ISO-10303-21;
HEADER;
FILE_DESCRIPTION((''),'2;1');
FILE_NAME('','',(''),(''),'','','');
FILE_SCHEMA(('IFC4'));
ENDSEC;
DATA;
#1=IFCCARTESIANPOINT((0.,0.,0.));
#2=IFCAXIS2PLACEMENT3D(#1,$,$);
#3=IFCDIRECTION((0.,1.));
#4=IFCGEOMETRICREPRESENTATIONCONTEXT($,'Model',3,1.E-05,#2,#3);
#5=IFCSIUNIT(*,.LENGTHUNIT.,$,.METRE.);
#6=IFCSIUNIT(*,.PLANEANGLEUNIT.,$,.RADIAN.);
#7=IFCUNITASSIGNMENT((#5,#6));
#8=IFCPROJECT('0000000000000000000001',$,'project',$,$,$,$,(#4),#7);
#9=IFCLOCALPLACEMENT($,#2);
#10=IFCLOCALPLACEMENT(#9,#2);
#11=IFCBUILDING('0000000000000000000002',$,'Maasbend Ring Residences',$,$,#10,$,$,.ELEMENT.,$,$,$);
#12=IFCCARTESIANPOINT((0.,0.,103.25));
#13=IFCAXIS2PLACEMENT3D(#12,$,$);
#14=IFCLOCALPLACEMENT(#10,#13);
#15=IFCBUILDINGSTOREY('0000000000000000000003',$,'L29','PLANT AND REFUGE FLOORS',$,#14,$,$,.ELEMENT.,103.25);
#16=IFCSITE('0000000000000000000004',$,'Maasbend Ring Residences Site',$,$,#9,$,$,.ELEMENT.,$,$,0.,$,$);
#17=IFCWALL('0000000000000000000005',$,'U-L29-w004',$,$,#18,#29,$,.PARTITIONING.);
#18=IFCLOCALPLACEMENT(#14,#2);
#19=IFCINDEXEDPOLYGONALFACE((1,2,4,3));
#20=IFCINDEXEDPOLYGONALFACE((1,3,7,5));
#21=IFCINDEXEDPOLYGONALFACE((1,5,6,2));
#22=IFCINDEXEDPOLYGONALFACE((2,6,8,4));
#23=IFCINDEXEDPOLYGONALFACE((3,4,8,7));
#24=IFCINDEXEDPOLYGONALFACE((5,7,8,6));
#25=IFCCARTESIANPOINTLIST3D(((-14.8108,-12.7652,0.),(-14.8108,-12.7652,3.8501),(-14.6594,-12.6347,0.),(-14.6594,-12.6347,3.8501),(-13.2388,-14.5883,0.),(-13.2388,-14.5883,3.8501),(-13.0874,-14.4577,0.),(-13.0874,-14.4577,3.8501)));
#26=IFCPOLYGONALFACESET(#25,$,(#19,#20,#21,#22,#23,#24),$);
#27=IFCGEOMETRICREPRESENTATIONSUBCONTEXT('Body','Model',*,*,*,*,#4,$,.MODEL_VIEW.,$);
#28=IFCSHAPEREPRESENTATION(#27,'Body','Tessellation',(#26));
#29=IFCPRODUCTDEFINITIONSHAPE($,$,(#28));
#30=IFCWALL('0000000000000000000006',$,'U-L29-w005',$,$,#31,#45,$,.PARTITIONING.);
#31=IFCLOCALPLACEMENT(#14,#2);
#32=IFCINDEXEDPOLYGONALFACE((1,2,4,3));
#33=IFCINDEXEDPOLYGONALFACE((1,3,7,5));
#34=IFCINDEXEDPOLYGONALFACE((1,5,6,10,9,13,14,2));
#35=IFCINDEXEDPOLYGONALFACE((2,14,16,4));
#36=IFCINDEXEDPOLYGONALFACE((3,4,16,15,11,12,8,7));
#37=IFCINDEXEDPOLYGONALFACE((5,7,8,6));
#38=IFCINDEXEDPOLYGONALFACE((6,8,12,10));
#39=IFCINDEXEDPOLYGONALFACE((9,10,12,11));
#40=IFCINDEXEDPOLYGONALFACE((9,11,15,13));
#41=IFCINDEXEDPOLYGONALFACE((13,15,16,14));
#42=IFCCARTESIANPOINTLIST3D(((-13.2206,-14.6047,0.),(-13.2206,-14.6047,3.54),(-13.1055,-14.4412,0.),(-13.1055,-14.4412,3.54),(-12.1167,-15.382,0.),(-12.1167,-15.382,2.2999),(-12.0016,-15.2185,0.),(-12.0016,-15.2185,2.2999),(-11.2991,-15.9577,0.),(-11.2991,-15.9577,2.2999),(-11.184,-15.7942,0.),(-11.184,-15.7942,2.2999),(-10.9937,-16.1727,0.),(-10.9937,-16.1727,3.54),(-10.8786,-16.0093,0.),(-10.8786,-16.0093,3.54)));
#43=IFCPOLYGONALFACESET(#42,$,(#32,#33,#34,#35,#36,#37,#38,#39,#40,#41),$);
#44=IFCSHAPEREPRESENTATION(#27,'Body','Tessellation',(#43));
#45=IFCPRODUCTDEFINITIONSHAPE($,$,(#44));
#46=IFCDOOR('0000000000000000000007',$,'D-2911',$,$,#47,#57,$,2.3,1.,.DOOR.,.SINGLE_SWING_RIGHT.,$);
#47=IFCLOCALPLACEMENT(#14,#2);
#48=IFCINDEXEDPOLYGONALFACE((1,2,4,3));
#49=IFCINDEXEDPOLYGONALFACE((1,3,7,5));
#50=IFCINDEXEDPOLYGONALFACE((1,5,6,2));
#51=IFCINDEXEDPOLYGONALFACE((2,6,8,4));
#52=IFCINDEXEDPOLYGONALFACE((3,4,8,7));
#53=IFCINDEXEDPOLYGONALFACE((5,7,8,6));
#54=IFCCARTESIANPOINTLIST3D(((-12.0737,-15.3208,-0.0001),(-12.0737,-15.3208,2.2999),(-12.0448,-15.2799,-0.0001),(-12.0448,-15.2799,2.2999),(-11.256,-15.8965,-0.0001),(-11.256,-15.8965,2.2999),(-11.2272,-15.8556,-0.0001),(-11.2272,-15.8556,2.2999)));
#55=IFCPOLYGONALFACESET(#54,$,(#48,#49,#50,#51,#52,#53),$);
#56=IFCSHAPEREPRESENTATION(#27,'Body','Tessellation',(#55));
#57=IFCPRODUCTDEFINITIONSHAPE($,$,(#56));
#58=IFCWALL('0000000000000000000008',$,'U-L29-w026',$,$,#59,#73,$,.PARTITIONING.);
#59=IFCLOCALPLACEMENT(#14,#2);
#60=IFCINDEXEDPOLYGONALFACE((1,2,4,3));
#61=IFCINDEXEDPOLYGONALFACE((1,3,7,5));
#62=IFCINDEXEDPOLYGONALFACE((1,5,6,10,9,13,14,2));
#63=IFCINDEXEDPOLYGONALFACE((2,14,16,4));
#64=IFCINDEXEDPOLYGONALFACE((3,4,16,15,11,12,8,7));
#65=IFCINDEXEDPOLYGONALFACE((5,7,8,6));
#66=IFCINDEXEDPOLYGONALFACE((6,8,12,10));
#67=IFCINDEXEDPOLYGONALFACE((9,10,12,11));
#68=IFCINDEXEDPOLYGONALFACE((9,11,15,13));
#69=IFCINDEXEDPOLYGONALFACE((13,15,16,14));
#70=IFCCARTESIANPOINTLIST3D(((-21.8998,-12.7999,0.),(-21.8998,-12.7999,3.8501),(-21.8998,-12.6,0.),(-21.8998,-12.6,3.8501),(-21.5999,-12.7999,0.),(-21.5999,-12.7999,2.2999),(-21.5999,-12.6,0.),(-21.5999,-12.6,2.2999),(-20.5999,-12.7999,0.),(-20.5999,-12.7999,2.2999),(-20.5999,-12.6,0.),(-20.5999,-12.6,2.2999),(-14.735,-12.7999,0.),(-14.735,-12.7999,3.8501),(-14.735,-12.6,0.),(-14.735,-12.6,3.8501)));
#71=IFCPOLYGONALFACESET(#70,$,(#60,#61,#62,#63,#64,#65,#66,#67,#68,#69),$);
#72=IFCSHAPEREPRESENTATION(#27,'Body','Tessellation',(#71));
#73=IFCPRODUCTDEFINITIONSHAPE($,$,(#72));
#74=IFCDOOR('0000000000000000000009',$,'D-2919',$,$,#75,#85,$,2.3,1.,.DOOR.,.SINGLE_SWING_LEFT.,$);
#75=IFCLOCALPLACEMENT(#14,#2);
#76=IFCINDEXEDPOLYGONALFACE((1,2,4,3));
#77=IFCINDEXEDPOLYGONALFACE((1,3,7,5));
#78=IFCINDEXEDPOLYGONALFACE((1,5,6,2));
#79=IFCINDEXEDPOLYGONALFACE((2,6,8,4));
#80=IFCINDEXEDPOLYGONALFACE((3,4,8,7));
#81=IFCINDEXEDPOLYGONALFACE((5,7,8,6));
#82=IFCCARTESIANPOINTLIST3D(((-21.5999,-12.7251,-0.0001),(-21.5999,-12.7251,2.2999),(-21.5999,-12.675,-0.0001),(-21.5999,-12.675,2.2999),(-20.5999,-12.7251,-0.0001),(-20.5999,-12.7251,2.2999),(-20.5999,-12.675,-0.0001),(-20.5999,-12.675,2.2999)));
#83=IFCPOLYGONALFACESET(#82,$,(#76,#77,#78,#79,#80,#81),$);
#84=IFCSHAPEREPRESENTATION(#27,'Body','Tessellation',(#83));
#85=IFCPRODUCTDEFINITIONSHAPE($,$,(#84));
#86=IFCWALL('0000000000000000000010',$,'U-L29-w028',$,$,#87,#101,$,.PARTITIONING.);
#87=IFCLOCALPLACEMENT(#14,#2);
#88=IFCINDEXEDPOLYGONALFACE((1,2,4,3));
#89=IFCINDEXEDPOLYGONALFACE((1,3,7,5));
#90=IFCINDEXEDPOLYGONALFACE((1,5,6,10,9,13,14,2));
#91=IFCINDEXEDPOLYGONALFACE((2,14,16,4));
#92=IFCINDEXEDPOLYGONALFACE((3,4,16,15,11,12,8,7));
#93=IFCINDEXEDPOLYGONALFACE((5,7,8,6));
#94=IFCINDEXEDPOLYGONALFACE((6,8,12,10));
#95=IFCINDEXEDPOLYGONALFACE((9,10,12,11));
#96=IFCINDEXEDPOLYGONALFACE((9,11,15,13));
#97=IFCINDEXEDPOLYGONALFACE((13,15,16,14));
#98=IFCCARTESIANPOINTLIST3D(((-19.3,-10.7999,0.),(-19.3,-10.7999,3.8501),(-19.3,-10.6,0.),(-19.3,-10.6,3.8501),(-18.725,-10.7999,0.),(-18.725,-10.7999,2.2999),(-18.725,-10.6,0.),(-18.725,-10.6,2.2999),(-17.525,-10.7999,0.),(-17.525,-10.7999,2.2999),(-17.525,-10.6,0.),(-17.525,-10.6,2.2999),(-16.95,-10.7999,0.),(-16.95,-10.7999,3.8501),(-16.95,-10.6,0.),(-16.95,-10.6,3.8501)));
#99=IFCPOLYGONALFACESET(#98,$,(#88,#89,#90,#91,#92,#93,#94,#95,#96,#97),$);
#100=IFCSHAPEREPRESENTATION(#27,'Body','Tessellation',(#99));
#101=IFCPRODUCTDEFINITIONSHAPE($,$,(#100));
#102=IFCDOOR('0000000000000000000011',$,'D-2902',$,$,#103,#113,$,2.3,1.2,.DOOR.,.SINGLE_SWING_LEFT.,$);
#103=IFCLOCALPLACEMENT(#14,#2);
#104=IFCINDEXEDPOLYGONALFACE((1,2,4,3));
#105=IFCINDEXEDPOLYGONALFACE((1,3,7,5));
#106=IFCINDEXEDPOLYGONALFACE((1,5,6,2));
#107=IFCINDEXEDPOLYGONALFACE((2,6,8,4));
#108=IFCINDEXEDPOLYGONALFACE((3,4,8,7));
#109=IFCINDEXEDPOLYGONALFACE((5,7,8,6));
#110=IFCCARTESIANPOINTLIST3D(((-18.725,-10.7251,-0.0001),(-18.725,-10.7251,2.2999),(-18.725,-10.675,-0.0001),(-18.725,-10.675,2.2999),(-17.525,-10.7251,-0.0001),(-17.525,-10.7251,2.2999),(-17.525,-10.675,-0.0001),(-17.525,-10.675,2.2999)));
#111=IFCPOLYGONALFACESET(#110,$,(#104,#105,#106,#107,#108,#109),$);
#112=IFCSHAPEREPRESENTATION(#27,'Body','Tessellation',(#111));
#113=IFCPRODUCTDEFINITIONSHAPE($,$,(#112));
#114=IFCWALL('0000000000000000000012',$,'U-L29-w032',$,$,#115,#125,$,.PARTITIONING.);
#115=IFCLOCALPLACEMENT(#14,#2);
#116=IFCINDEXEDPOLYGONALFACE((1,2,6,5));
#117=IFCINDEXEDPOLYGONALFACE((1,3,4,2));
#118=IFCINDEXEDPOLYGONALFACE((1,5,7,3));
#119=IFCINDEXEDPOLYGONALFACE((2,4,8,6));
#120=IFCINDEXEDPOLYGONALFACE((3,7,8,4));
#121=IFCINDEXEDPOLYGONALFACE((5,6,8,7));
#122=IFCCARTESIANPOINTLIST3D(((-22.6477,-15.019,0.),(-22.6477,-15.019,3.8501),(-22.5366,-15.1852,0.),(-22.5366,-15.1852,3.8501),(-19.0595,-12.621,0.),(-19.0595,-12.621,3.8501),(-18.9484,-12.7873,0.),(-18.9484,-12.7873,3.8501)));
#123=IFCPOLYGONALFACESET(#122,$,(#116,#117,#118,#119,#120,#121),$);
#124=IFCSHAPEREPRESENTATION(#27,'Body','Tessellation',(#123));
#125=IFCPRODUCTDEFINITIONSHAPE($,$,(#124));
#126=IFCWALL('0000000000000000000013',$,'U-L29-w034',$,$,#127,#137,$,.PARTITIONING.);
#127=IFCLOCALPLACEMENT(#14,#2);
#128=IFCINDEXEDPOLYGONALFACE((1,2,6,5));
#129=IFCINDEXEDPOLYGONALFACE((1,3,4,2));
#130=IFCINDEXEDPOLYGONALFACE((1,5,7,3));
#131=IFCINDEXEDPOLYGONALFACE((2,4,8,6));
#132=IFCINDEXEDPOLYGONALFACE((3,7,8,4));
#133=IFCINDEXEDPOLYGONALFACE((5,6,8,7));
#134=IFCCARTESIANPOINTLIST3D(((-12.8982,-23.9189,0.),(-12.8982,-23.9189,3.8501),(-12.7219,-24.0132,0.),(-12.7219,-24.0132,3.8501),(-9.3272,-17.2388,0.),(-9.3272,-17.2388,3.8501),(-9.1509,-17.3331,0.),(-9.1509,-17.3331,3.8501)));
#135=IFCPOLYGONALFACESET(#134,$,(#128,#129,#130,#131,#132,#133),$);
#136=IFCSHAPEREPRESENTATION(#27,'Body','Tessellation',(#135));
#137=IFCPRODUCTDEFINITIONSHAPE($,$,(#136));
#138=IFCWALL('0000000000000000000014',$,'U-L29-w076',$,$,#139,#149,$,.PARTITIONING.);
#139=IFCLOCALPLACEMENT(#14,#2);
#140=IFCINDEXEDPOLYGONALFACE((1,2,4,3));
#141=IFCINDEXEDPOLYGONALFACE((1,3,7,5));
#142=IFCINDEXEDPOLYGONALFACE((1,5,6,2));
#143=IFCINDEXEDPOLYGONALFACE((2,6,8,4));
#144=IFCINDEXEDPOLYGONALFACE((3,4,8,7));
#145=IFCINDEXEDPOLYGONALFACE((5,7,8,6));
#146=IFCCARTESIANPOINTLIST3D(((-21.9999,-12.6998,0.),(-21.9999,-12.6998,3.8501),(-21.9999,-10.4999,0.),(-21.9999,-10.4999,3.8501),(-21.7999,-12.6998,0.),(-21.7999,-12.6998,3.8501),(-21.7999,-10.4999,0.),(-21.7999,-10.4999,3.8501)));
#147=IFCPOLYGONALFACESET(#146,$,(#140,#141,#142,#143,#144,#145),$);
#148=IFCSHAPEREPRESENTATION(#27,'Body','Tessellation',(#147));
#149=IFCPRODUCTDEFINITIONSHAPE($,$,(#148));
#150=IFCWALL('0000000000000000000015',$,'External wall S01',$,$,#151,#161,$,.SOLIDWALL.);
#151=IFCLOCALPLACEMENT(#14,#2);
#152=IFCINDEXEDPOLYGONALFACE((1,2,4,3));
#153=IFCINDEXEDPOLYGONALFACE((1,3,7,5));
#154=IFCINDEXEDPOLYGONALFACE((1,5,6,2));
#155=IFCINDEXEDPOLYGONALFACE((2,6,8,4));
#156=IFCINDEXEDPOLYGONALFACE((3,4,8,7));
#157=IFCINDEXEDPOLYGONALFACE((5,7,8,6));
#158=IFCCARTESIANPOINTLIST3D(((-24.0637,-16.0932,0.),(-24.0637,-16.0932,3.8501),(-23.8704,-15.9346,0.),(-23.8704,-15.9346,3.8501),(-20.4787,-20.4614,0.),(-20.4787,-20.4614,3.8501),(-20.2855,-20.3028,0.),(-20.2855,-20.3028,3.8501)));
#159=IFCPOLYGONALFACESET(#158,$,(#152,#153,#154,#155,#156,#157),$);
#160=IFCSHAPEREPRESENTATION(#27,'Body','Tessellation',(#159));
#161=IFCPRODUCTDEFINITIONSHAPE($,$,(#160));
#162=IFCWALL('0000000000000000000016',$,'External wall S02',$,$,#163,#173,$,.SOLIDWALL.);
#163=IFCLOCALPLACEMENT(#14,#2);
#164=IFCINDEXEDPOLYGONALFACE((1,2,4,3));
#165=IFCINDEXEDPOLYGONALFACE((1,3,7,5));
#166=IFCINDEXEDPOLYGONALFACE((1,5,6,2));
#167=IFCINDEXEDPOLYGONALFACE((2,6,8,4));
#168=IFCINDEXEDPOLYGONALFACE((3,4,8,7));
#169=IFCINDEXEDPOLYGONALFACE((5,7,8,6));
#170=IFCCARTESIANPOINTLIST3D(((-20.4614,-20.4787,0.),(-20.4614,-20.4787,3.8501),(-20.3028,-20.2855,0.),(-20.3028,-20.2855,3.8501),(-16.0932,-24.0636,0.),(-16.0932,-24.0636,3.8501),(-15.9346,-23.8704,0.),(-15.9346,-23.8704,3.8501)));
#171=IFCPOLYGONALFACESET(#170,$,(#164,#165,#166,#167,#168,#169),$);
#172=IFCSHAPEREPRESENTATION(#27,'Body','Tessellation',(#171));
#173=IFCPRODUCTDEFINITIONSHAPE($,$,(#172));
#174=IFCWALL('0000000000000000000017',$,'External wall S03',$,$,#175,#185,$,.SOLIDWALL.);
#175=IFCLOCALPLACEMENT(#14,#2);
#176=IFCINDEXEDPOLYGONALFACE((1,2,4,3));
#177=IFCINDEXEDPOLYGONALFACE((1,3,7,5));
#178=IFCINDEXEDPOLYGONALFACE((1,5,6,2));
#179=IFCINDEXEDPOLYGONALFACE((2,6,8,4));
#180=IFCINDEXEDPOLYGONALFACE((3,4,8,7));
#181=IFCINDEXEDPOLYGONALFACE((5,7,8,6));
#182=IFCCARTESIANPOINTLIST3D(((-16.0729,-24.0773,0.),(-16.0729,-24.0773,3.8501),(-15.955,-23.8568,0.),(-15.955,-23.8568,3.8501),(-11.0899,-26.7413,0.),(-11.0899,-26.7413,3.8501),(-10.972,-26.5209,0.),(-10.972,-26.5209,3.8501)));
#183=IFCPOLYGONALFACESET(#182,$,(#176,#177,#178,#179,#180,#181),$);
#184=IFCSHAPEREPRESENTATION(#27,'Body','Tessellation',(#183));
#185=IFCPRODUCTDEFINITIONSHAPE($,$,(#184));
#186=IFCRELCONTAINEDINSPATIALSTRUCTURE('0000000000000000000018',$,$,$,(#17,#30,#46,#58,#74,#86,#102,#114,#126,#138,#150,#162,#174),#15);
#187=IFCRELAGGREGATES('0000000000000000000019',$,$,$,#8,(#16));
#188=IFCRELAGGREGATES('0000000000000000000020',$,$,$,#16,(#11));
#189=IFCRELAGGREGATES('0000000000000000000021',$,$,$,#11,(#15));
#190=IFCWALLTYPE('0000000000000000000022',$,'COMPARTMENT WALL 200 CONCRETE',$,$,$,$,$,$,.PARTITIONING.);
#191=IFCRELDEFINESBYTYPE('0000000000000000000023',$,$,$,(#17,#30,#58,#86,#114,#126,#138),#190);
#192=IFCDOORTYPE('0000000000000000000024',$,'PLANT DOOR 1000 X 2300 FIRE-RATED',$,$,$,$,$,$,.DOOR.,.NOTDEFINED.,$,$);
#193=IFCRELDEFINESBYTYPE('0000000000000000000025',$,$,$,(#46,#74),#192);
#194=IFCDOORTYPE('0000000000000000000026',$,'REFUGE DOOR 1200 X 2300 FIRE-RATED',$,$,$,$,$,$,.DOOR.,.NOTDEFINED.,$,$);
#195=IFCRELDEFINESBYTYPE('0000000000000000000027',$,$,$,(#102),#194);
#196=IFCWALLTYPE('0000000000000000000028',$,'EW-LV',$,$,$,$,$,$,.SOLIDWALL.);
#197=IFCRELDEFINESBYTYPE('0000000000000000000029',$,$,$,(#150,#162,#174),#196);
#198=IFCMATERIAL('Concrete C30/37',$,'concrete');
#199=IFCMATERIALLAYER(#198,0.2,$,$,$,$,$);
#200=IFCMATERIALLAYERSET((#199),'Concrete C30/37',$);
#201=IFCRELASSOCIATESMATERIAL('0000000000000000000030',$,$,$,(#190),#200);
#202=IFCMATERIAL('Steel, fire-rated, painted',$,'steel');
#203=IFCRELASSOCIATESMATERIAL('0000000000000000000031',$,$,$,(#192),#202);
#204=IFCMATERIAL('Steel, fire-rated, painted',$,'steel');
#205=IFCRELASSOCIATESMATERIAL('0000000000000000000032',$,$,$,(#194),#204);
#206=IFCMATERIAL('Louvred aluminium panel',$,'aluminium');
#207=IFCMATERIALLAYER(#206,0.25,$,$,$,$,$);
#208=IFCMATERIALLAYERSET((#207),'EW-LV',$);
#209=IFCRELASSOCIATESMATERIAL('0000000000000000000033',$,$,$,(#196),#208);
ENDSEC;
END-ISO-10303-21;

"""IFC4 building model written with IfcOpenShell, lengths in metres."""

from ifc_helpers import new_model, si_unit, direction, frame, frame_2d, origin, place, context, subcontext, project, spatial, rectangle, extrude, material, layer, layer_set, type_object, element, fill, save


model = new_model("IFC4")

# Units and contexts
model_context = context("Model", 3, precision=1e-05, world=origin(), true_north=direction((0.0, 1.0)))
body_context = subcontext(model_context, "Body", "Model", "MODEL_VIEW")
ifc_project = project(units=[si_unit("LENGTHUNIT", "METRE"), si_unit("PLANEANGLEUNIT", "RADIAN")], contexts=[model_context])

# Site, building, storey
site_placement = place(None, origin())
site = spatial("IfcSite", under=ifc_project, at=site_placement, Name="Maasbend Ring Residences Site", CompositionType="ELEMENT", RefElevation=0.0)
building_placement = place(site_placement, origin())
building = spatial("IfcBuilding", under=site, at=building_placement, Name="Maasbend Ring Residences", CompositionType="ELEMENT")
storey_placement = place(building_placement, frame((0.0, 0.0, 103.25)))
storey = spatial("IfcBuildingStorey", under=building, at=storey_placement, Name="L29", Description="PLANT AND REFUGE FLOORS", CompositionType="ELEMENT", Elevation=103.25)

# Wall
ifc_material_1 = material(Name="Concrete C30/37", Category="concrete")
ifc_layer_1 = layer(ifc_material_1, 0.2)
ifc_layer_set_1 = layer_set([ifc_layer_1], Name="Concrete C30/37")
wall_type_1 = type_object("IfcWallType", Name="COMPARTMENT WALL 200 CONCRETE", PredefinedType="PARTITIONING", material=ifc_layer_set_1)
wall_1_placement = place(storey_placement, frame((-14.7351, -12.7, 0.0), z_axis=(0.0, 0.0, 1.0), x_axis=(0.653052, -0.757313, 0.0)))
element("IfcWall", 1, at=wall_1_placement, inside=storey, type_object=wall_type_1, Name="U-L29-w004", PredefinedType="PARTITIONING", context=body_context, shape_type="SweptSolid", body=[
    extrude(rectangle(XDim=2.4072, YDim=0.2, at=frame_2d((1.2036, 0.0))), origin(), (0.0, 0.0, 1.0), 3.8501),
])

# Walls, openings, doors
wall_2_placement = place(storey_placement, frame((-13.1631, -14.5229, 0.0), z_axis=(0.0, 0.0, 1.0), x_axis=(0.817645, -0.575722, 0.0)))
wall_2 = element("IfcWall", 2, at=wall_2_placement, inside=storey, type_object=wall_type_1, Name="U-L29-w005", PredefinedType="PARTITIONING", context=body_context, shape_type="SweptSolid", body=[
    extrude(rectangle(XDim=2.7236, YDim=0.2, at=frame_2d((1.3618, 0.0))), origin(), (0.0, 0.0, 1.0), 3.54),
])
opening_1_placement = place(wall_2_placement, frame((1.3501, 0.0, 0.0)))
opening_1 = element("IfcOpeningElement", 3, at=opening_1_placement, cuts=wall_2, PredefinedType="OPENING", context=body_context, shape_type="SweptSolid", body=[
    extrude(rectangle(XDim=1.0, YDim=2.3, at=frame_2d((0.5, 1.1499))), frame((0.0, 0.1099, 0.0), z_axis=(0.0, -1.0, 0.0), x_axis=(1.0, 0.0, 0.0)), (0.0, 0.0, 1.0), 0.22),
])
ifc_material_2 = material(Name="Steel, fire-rated, painted", Category="steel")
door_type_1 = type_object("IfcDoorType", Name="PLANT DOOR 1000 X 2300 FIRE-RATED", OperationType="NOTDEFINED", PredefinedType="DOOR", material=ifc_material_2)
door_1_placement = place(opening_1_placement, origin())
door_1 = element("IfcDoor", 4, at=door_1_placement, inside=storey, type_object=door_type_1, Name="D-2911", OperationType="SINGLE_SWING_RIGHT", OverallHeight=2.3, OverallWidth=1.0, PredefinedType="DOOR", context=body_context, shape_type="SweptSolid", body=[
    extrude(rectangle(XDim=1.0, YDim=2.3, at=frame_2d((0.5, 1.1499))), frame((0.0, 0.0249, 0.0), z_axis=(0.0, -1.0, 0.0), x_axis=(1.0, 0.0, 0.0)), (0.0, 0.0, 1.0), 0.05),
])
fill(opening_1, door_1)
wall_3_placement = place(storey_placement, frame((-21.8999, -12.7, 0.0), z_axis=(0.0, 0.0, 1.0), x_axis=(1.0, 0.0, 0.0)))
wall_3 = element("IfcWall", 5, at=wall_3_placement, inside=storey, type_object=wall_type_1, Name="U-L29-w026", PredefinedType="PARTITIONING", context=body_context, shape_type="SweptSolid", body=[
    extrude(rectangle(XDim=7.1648, YDim=0.2, at=frame_2d((3.5825, 0.0))), origin(), (0.0, 0.0, 1.0), 3.8501),
])
opening_2_placement = place(wall_3_placement, frame((0.3, 0.0, 0.0)))
opening_2 = element("IfcOpeningElement", 6, at=opening_2_placement, cuts=wall_3, PredefinedType="OPENING", context=body_context, shape_type="SweptSolid", body=[
    extrude(rectangle(XDim=1.0, YDim=2.3, at=frame_2d((0.5, 1.1499))), frame((0.0, 0.1099, 0.0), z_axis=(0.0, -1.0, 0.0), x_axis=(1.0, 0.0, 0.0)), (0.0, 0.0, 1.0), 0.22),
])
door_2_placement = place(opening_2_placement, origin())
door_2 = element("IfcDoor", 7, at=door_2_placement, inside=storey, type_object=door_type_1, Name="D-2919", OperationType="SINGLE_SWING_LEFT", OverallHeight=2.3, OverallWidth=1.0, PredefinedType="DOOR", context=body_context, shape_type="SweptSolid", body=[
    extrude(rectangle(XDim=1.0, YDim=2.3, at=frame_2d((0.5, 1.1499))), frame((0.0, 0.0249, 0.0), z_axis=(0.0, -1.0, 0.0), x_axis=(1.0, 0.0, 0.0)), (0.0, 0.0, 1.0), 0.05),
])
fill(opening_2, door_2)
wall_4_placement = place(storey_placement, frame((-19.3, -10.7, 0.0), z_axis=(0.0, 0.0, 1.0), x_axis=(1.0, 0.0, 0.0)))
wall_4 = element("IfcWall", 8, at=wall_4_placement, inside=storey, type_object=wall_type_1, Name="U-L29-w028", PredefinedType="PARTITIONING", context=body_context, shape_type="SweptSolid", body=[
    extrude(rectangle(XDim=2.3501, YDim=0.2, at=frame_2d((1.175, 0.0))), origin(), (0.0, 0.0, 1.0), 3.8501),
])
opening_3_placement = place(wall_4_placement, frame((0.575, 0.0, 0.0)))
opening_3 = element("IfcOpeningElement", 9, at=opening_3_placement, cuts=wall_4, PredefinedType="OPENING", context=body_context, shape_type="SweptSolid", body=[
    extrude(rectangle(XDim=1.2, YDim=2.3, at=frame_2d((0.6001, 1.1499))), frame((0.0, 0.1099, 0.0), z_axis=(0.0, -1.0, 0.0), x_axis=(1.0, 0.0, 0.0)), (0.0, 0.0, 1.0), 0.22),
])
ifc_material_3 = material(Name="Steel, fire-rated, painted", Category="steel")
door_type_2 = type_object("IfcDoorType", Name="REFUGE DOOR 1200 X 2300 FIRE-RATED", OperationType="NOTDEFINED", PredefinedType="DOOR", material=ifc_material_3)
door_3_placement = place(opening_3_placement, origin())
door_3 = element("IfcDoor", 10, at=door_3_placement, inside=storey, type_object=door_type_2, Name="D-2902", OperationType="SINGLE_SWING_LEFT", OverallHeight=2.3, OverallWidth=1.2, PredefinedType="DOOR", context=body_context, shape_type="SweptSolid", body=[
    extrude(rectangle(XDim=1.2, YDim=2.3, at=frame_2d((0.6001, 1.1499))), frame((0.0, 0.0249, 0.0), z_axis=(0.0, -1.0, 0.0), x_axis=(1.0, 0.0, 0.0)), (0.0, 0.0, 1.0), 0.05),
])
fill(opening_3, door_3)

# Walls
wall_5_placement = place(storey_placement, frame((-22.592, -15.1021, 0.0), z_axis=(0.0, 0.0, 1.0), x_axis=(0.831423, 0.55564, 0.0)))
element("IfcWall", 11, at=wall_5_placement, inside=storey, type_object=wall_type_1, Name="U-L29-w032", PredefinedType="PARTITIONING", context=body_context, shape_type="SweptSolid", body=[
    extrude(rectangle(XDim=4.3157, YDim=0.2, at=frame_2d((2.1577, 0.0))), origin(), (0.0, 0.0, 1.0), 3.8501),
])
wall_6_placement = place(storey_placement, frame((-12.8101, -23.9661, 0.0), z_axis=(0.0, 0.0, 1.0), x_axis=(0.47144, 0.881898, 0.0)))
element("IfcWall", 12, at=wall_6_placement, inside=storey, type_object=wall_type_1, Name="U-L29-w034", PredefinedType="PARTITIONING", context=body_context, shape_type="SweptSolid", body=[
    extrude(rectangle(XDim=7.5747, YDim=0.2, at=frame_2d((3.7874, 0.0))), origin(), (0.0, 0.0, 1.0), 3.8501),
])
wall_7_placement = place(storey_placement, frame((-21.8999, -12.7, 0.0), z_axis=(0.0, 0.0, 1.0), x_axis=(0.0, 1.0, 0.0)))
element("IfcWall", 13, at=wall_7_placement, inside=storey, type_object=wall_type_1, Name="U-L29-w076", PredefinedType="PARTITIONING", context=body_context, shape_type="SweptSolid", body=[
    extrude(rectangle(XDim=2.2, YDim=0.2, at=frame_2d((1.1001, 0.0))), origin(), (0.0, 0.0, 1.0), 3.8501),
])
ifc_material_4 = material(Name="Louvred aluminium panel", Category="aluminium")
ifc_layer_2 = layer(ifc_material_4, 0.25)
ifc_layer_set_2 = layer_set([ifc_layer_2], Name="EW-LV")
wall_type_2 = type_object("IfcWallType", Name="EW-LV", PredefinedType="SOLIDWALL", material=ifc_layer_set_2)
for number, where, z_axis, x_axis, name in (
    (14, (-23.967, -16.0139, 0.0), (0.0, 0.0, 1.0), (0.634404, -0.773002, 0.0), "External wall S01"),
    (15, (-20.3821, -20.3821, 0.0), (0.0, 0.0, 1.0), (0.773002, -0.634404, 0.0), "External wall S02"),
):
    element("IfcWall", number, at=place(storey_placement, frame(where, z_axis=z_axis, x_axis=x_axis)), inside=storey, type_object=wall_type_2, Name=name, PredefinedType="SOLIDWALL", context=body_context, shape_type="SweptSolid", body=[
        extrude(rectangle(XDim=5.6509, YDim=0.25, at=frame_2d((2.8254, 0.0))), origin(), (0.0, 0.0, 1.0), 3.8501),
    ])
wall_8_placement = place(storey_placement, frame((-16.0139, -23.967, 0.0), z_axis=(0.0, 0.0, 1.0), x_axis=(0.881874, -0.471485, 0.0)))
element("IfcWall", 16, at=wall_8_placement, inside=storey, type_object=wall_type_2, Name="External wall S03", PredefinedType="SOLIDWALL", context=body_context, shape_type="SweptSolid", body=[
    extrude(rectangle(XDim=5.6504, YDim=0.25, at=frame_2d((2.8252, 0.0))), origin(), (0.0, 0.0, 1.0), 3.8501),
])

save(model, "model.ifc")
